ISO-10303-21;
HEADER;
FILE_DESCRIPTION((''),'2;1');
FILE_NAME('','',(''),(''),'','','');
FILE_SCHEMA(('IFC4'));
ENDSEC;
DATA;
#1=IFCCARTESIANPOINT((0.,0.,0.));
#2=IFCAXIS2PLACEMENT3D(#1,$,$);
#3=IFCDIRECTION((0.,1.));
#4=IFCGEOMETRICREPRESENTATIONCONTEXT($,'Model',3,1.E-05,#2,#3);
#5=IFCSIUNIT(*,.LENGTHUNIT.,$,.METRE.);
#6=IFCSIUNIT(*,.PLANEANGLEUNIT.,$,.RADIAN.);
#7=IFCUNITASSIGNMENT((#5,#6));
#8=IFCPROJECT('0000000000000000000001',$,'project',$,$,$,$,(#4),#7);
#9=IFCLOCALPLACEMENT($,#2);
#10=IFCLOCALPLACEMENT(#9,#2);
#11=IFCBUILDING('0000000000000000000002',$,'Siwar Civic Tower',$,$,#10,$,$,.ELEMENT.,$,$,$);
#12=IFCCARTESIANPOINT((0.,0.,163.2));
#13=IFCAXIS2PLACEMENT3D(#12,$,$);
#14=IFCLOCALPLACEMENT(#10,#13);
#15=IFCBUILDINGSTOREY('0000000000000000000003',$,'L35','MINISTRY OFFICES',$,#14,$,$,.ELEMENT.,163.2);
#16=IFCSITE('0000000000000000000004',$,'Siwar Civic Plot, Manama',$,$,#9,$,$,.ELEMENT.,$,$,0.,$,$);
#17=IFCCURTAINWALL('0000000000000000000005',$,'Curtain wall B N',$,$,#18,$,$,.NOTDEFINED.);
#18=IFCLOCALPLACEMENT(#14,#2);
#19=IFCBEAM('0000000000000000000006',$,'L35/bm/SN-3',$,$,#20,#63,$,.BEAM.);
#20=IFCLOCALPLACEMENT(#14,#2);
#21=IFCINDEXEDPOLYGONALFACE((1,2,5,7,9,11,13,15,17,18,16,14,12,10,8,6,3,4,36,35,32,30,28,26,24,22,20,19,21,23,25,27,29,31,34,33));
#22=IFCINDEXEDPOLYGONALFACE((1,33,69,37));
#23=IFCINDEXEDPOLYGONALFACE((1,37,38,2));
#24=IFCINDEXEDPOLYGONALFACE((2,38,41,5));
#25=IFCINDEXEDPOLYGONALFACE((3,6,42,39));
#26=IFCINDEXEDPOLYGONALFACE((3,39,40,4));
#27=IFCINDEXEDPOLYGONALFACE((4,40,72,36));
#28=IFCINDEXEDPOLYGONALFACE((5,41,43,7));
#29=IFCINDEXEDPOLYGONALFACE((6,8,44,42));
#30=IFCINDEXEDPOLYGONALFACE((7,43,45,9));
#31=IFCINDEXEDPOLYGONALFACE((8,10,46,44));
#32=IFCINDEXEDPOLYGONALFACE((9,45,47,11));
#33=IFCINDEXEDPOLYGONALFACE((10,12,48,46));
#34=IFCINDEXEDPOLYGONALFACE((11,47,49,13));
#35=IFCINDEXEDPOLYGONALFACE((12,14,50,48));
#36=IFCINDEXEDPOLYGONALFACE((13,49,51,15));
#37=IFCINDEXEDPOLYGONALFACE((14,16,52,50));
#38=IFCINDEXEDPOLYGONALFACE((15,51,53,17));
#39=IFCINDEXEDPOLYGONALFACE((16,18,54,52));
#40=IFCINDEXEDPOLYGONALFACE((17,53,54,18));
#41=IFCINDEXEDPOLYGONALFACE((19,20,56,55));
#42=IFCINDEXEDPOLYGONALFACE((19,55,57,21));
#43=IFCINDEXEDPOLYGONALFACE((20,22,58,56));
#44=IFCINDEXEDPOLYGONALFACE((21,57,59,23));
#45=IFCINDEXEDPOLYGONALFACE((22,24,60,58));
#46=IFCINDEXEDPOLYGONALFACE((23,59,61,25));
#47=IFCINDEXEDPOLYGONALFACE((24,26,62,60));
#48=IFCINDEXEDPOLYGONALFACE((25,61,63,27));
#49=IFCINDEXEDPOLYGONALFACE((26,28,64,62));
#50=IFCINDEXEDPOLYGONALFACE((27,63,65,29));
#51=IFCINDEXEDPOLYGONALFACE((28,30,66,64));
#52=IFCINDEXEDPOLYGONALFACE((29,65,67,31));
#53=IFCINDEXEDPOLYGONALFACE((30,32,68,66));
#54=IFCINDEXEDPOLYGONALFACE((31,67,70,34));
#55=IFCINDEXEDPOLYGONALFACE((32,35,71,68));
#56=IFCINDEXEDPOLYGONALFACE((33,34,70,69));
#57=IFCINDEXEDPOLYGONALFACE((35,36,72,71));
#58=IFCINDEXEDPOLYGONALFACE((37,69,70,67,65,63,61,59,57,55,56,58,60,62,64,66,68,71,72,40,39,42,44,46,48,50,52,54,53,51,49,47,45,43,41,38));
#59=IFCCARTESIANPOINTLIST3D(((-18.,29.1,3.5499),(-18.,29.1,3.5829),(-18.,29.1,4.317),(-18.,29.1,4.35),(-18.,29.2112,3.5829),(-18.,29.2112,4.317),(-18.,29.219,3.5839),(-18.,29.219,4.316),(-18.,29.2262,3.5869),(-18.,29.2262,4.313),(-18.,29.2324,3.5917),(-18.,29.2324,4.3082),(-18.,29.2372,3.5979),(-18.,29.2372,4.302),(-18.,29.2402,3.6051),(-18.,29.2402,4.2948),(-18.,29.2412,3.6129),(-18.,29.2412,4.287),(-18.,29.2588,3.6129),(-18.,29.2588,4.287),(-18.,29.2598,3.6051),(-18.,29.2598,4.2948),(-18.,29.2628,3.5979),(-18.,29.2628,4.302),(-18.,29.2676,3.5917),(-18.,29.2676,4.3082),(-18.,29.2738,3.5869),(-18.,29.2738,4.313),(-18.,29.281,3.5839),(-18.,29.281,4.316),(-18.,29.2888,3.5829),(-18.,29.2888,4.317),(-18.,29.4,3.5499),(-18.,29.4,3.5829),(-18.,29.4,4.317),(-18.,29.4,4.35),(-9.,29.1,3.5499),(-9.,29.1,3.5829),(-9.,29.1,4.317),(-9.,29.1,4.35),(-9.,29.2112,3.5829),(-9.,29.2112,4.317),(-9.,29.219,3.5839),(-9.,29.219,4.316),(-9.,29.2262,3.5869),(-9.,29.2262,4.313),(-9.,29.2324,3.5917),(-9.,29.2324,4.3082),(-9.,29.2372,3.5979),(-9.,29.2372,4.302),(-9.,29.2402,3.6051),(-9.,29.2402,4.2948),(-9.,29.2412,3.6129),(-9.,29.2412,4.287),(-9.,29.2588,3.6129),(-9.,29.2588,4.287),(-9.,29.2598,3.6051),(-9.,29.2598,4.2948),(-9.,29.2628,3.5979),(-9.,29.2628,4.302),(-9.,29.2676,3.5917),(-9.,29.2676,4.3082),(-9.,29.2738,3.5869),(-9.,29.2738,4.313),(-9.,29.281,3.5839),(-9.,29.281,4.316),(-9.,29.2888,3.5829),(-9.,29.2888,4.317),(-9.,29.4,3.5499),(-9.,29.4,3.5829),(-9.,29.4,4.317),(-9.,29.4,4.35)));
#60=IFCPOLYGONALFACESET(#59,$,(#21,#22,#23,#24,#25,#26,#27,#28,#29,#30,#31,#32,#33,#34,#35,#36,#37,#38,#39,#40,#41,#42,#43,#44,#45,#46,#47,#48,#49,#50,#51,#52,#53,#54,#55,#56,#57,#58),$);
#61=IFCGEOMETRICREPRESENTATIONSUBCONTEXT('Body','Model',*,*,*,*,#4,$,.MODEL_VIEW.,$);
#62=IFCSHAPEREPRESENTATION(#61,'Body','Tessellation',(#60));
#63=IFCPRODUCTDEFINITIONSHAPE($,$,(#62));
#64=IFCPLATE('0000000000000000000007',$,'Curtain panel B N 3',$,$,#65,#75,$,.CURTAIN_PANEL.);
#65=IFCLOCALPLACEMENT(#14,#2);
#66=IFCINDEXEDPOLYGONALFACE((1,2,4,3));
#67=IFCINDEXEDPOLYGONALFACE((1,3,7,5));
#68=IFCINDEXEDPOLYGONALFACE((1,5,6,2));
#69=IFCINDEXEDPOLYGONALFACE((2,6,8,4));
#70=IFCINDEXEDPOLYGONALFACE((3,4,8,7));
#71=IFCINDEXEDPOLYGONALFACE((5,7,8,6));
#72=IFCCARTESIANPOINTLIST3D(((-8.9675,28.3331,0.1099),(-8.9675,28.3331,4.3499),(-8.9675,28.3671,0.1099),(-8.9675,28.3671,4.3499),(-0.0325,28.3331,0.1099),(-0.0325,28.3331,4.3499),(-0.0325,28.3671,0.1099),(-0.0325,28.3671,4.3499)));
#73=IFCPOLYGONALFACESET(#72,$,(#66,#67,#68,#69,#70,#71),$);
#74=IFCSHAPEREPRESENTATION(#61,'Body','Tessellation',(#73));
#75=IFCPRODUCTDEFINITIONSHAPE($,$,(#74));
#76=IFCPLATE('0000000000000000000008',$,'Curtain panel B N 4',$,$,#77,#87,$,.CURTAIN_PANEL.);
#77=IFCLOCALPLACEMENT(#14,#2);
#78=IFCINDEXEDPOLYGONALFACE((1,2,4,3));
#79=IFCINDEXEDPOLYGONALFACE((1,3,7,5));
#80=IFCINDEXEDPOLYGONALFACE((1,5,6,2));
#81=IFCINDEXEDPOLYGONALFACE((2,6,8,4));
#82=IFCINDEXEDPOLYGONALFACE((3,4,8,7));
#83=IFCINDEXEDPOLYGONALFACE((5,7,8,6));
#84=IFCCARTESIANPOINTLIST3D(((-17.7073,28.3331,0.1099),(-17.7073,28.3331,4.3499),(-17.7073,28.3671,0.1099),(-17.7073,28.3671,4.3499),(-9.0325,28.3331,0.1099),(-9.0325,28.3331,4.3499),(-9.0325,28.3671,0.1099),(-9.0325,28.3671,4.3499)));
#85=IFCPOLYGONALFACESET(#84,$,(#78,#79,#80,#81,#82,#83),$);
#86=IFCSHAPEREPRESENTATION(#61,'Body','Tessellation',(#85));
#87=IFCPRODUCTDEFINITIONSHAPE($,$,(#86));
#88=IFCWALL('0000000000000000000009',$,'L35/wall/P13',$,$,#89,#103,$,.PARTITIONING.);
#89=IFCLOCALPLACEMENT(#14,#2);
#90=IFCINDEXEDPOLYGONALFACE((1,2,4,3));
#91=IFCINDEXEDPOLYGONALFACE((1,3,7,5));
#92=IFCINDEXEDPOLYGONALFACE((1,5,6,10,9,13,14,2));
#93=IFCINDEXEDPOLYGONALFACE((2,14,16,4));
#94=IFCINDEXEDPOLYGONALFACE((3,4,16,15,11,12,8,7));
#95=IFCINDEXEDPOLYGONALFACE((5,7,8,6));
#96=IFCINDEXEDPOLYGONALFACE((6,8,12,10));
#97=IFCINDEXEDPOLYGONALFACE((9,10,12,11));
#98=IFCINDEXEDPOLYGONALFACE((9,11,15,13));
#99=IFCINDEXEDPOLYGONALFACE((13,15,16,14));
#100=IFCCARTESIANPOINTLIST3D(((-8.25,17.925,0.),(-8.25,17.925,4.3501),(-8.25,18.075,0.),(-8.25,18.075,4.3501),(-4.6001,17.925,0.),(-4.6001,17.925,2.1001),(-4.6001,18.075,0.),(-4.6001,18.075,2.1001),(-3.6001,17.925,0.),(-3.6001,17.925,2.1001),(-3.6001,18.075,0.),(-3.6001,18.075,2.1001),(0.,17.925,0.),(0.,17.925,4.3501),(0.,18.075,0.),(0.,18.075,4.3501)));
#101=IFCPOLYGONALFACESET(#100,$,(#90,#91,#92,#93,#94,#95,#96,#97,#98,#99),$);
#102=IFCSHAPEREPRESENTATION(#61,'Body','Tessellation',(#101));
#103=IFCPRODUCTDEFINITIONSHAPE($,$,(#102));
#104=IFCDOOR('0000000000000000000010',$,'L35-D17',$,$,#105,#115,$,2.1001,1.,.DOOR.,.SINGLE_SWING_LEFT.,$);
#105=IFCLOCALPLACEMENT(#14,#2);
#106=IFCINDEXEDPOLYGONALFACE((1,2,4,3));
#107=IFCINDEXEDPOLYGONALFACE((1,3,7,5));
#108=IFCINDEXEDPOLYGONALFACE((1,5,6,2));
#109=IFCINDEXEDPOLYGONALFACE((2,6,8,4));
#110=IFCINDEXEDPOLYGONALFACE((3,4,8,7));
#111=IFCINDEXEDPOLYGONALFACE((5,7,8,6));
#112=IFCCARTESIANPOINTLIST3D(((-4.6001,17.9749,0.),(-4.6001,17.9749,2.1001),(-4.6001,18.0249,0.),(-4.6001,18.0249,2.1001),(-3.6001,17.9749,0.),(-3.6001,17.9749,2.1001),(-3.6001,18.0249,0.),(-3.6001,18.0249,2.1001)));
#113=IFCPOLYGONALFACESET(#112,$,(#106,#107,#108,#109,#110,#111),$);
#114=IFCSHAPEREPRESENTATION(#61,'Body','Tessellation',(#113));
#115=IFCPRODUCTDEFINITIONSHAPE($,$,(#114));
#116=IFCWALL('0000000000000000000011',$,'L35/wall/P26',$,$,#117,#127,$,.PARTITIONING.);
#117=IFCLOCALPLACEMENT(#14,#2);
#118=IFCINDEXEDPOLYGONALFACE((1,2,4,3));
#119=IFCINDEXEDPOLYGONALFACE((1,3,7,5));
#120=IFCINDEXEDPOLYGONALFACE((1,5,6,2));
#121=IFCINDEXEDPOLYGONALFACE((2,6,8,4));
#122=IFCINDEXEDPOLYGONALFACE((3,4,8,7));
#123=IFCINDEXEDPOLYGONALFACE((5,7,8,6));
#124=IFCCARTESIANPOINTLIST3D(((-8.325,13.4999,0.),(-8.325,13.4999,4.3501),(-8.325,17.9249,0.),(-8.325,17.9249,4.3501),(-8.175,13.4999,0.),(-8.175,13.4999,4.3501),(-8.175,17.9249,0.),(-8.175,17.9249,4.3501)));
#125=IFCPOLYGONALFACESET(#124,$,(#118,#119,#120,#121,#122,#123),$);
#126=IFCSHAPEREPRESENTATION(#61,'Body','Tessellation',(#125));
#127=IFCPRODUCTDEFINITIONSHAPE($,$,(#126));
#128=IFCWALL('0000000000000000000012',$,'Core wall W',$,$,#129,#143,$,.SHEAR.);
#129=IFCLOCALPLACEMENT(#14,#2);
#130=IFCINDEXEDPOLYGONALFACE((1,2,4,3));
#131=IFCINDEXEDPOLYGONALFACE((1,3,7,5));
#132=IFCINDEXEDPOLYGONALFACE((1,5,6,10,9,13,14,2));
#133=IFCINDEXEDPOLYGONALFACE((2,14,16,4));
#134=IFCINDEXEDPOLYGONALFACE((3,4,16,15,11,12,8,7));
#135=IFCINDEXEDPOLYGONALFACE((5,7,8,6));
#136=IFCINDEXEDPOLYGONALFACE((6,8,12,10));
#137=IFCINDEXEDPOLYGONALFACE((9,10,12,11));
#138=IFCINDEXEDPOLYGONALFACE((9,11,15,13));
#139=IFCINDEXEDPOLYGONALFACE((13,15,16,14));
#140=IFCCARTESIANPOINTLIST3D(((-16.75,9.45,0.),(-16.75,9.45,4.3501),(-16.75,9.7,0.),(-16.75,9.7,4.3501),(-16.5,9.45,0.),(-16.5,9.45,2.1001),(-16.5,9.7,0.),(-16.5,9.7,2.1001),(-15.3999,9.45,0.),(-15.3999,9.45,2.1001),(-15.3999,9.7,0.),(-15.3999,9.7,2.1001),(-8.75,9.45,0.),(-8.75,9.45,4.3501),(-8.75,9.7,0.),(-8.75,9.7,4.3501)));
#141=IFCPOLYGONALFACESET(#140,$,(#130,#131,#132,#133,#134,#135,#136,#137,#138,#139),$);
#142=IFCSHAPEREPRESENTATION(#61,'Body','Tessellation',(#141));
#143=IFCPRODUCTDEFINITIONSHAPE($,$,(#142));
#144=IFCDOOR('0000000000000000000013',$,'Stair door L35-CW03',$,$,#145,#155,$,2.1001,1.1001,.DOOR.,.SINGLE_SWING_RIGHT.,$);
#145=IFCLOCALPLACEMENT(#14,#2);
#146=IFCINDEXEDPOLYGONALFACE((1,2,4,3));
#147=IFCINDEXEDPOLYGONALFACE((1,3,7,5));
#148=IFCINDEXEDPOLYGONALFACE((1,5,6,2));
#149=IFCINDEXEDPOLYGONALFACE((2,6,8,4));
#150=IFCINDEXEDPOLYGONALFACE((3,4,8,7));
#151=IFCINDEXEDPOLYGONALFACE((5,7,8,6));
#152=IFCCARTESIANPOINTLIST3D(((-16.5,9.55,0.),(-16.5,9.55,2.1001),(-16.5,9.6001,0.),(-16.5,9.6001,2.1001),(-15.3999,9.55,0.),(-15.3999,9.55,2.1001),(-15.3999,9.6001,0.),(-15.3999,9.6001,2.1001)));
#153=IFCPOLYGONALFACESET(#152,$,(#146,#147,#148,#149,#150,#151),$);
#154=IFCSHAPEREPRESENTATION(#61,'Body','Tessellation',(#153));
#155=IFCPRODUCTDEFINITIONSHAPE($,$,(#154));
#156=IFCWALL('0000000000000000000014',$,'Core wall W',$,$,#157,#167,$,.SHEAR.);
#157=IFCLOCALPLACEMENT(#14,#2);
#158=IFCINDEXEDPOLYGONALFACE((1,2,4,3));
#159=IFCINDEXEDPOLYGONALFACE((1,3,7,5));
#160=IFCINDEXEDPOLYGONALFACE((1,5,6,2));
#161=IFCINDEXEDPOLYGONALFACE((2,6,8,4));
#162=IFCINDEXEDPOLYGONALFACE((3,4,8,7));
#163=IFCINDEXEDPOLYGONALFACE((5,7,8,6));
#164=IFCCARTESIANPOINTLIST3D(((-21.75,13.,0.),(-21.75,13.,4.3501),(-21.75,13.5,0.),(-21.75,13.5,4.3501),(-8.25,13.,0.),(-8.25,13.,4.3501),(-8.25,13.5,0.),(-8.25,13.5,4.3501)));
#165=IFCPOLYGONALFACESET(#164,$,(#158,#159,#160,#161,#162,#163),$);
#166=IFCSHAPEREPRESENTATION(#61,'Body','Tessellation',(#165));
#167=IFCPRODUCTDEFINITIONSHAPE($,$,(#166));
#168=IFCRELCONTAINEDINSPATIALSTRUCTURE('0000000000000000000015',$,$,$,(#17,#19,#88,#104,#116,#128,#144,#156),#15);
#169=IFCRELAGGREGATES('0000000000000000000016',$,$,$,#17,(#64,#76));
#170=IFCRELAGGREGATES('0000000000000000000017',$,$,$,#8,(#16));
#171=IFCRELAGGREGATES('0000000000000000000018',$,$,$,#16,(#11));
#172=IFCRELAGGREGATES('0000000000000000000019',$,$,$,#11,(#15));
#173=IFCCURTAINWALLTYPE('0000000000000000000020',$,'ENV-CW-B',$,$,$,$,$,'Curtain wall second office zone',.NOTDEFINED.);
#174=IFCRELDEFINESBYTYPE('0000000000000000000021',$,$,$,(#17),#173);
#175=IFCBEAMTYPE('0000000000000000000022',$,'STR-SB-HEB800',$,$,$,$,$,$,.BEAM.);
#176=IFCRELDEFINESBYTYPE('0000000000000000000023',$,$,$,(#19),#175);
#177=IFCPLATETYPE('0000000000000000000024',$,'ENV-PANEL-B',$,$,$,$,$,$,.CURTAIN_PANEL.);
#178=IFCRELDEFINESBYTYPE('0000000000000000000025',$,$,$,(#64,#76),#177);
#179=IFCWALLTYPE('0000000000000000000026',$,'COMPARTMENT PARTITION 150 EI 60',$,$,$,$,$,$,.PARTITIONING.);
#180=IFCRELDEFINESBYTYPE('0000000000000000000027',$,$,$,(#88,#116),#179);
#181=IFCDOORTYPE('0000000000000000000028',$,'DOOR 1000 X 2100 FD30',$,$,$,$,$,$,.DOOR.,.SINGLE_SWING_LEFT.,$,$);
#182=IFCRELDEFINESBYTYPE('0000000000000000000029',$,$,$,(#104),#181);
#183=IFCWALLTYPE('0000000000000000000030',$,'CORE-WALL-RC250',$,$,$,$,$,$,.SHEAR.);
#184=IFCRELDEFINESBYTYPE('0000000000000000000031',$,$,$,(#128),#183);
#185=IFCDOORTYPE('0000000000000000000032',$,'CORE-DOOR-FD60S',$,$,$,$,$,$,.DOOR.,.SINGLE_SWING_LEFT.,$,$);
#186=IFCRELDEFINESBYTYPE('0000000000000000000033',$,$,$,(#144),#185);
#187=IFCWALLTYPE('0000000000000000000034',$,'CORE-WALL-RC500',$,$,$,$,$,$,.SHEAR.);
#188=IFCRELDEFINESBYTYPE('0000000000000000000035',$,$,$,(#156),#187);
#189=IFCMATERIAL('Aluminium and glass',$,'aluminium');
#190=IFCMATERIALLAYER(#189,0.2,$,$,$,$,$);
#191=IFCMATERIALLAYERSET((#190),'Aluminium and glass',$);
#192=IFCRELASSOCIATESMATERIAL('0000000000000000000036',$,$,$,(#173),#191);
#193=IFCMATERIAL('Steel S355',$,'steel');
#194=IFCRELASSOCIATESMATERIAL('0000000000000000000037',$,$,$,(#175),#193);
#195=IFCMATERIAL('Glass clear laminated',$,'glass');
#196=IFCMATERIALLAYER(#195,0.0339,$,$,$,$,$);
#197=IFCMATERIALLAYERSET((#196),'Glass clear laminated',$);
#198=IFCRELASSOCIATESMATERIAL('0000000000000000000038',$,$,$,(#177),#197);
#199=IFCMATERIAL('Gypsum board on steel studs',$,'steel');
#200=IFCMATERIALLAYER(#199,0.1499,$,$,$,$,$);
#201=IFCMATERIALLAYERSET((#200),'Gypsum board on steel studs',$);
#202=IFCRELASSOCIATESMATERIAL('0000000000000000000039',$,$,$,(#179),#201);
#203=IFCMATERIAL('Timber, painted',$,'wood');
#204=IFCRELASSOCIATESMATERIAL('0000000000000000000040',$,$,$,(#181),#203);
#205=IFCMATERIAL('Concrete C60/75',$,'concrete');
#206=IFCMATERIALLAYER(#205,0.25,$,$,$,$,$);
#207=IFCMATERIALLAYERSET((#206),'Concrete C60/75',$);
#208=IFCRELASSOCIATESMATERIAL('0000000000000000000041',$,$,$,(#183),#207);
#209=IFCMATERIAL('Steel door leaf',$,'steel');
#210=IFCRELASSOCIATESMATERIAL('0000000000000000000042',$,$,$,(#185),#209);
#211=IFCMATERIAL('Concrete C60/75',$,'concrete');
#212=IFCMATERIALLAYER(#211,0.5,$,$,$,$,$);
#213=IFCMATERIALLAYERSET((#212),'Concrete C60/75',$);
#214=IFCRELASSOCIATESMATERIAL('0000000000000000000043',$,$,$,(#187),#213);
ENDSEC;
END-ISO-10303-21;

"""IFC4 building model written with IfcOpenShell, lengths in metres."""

from ifc_helpers import new_model, si_unit, direction, frame, frame_2d, origin, origin_2d, place, context, subcontext, project, spatial, rectangle, i_section, extrude, material, layer, layer_set, material_profile, profile_set, type_object, element, fill, aggregate, save


model = new_model("IFC4")

# Units and contexts
model_context = context("Model", 3, precision=1e-05, world=origin(), true_north=direction((0.0, 1.0)))
body_context = subcontext(model_context, "Body", "Model", "MODEL_VIEW")
ifc_project = project(units=[si_unit("LENGTHUNIT", "METRE"), si_unit("PLANEANGLEUNIT", "RADIAN")], contexts=[model_context])

# Site, building, storey
site_placement = place(None, origin())
site = spatial("IfcSite", under=ifc_project, at=site_placement, Name="Siwar Civic Plot, Manama", CompositionType="ELEMENT", RefElevation=0.0)
building_placement = place(site_placement, origin())
building = spatial("IfcBuilding", under=site, at=building_placement, Name="Siwar Civic Tower", CompositionType="ELEMENT")
storey_placement = place(building_placement, frame((0.0, 0.0, 163.2)))
storey = spatial("IfcBuildingStorey", under=building, at=storey_placement, Name="L35", Description="MINISTRY OFFICES", CompositionType="ELEMENT", Elevation=163.2)

# Curtain wall
ifc_material_1 = material(Name="Aluminium and glass", Category="aluminium")
ifc_layer_1 = layer(ifc_material_1, 0.2)
ifc_layer_set_1 = layer_set([ifc_layer_1], Name="Aluminium and glass")
curtain_wall_type_1 = type_object("IfcCurtainWallType", Name="ENV-CW-B", ElementType="Curtain wall second office zone", PredefinedType="NOTDEFINED", material=ifc_layer_set_1)
curtain_wall_1_placement = place(storey_placement, origin())
curtain_wall_1 = element("IfcCurtainWall", 1, at=curtain_wall_1_placement, inside=storey, type_object=curtain_wall_type_1, Name="Curtain wall B N", PredefinedType="NOTDEFINED")

# Beam
ifc_material_2 = material(Name="Steel S355", Category="steel")
ifc_material_profile_1 = material_profile(ifc_material_2, i_section(OverallWidth=0.3, OverallDepth=0.8, WebThickness=0.0176, FlangeThickness=0.033, FilletRadius=0.03, at=origin_2d()), Name="HEB800")
ifc_profile_set_1 = profile_set([ifc_material_profile_1], Name="Steel S355")
beam_type_1 = type_object("IfcBeamType", Name="STR-SB-HEB800", PredefinedType="BEAM", material=ifc_profile_set_1)
for number, where, z_axis, x_axis, name in (
    (2, (-9.0, 29.25, 3.95), (-1.0, 0.0, 0.0), (0.0, -1.0, 0.0), "L35/bm/SN-3"),
):
    element("IfcBeam", number, at=place(storey_placement, frame(where, z_axis=z_axis, x_axis=x_axis)), inside=storey, type_object=beam_type_1, Name=name, PredefinedType="BEAM", context=body_context, shape_type="SweptSolid", body=[
        extrude(i_section(OverallWidth=0.3, OverallDepth=0.8, WebThickness=0.0176, FlangeThickness=0.033, FilletRadius=0.03, at=origin_2d()), origin(), (0.0, 0.0, 1.0), 9.0),
    ])

# Plates
ifc_material_3 = material(Name="Glass clear laminated", Category="glass")
ifc_layer_2 = layer(ifc_material_3, 0.0339)
ifc_layer_set_2 = layer_set([ifc_layer_2], Name="Glass clear laminated")
plate_type = type_object("IfcPlateType", Name="ENV-PANEL-B", PredefinedType="CURTAIN_PANEL", material=ifc_layer_set_2)
plate_1_placement = place(storey_placement, frame((-4.5, 28.3501, 0.1099), z_axis=(0.0, 0.0, 1.0), x_axis=(-1.0, 0.0, 0.0)))
plate_1 = element("IfcPlate", 3, at=plate_1_placement, type_object=plate_type, Name="Curtain panel B N 3", PredefinedType="CURTAIN_PANEL", context=body_context, shape_type="SweptSolid", body=[
    extrude(rectangle(XDim=8.9351, YDim=0.0339, at=origin_2d()), origin(), (0.0, 0.0, 1.0), 4.24),
])
plate_2_placement = place(storey_placement, frame((-13.3699, 28.3501, 0.1099), z_axis=(0.0, 0.0, 1.0), x_axis=(-1.0, 0.0, 0.0)))
plate_2 = element("IfcPlate", 4, at=plate_2_placement, type_object=plate_type, Name="Curtain panel B N 4", PredefinedType="CURTAIN_PANEL", context=body_context, shape_type="SweptSolid", body=[
    extrude(rectangle(XDim=8.6748, YDim=0.0339, at=origin_2d()), origin(), (0.0, 0.0, 1.0), 4.24),
])
aggregate(curtain_wall_1, [plate_1, plate_2])

# Wall, opening, door
ifc_material_4 = material(Name="Gypsum board on steel studs", Category="steel")
ifc_layer_3 = layer(ifc_material_4, 0.1499)
ifc_layer_set_3 = layer_set([ifc_layer_3], Name="Gypsum board on steel studs")
wall_type_1 = type_object("IfcWallType", Name="COMPARTMENT PARTITION 150 EI 60", PredefinedType="PARTITIONING", material=ifc_layer_set_3)
wall_1_placement = place(storey_placement, frame((-8.25, 18.0, 0.0), z_axis=(0.0, 0.0, 1.0), x_axis=(1.0, 0.0, 0.0)))
wall_1 = element("IfcWall", 5, at=wall_1_placement, inside=storey, type_object=wall_type_1, Name="L35/wall/P13", PredefinedType="PARTITIONING", context=body_context, shape_type="SweptSolid", body=[
    extrude(rectangle(XDim=8.25, YDim=0.1499, at=frame_2d((4.125, 0.0))), origin(), (0.0, 0.0, 1.0), 4.3501),
])
opening_1_placement = place(wall_1_placement, frame((3.6499, 0.0, 0.0)))
opening_1 = element("IfcOpeningElement", 6, at=opening_1_placement, cuts=wall_1, PredefinedType="OPENING", context=body_context, shape_type="SweptSolid", body=[
    extrude(rectangle(XDim=1.0, YDim=2.1001, at=frame_2d((0.5, 1.05))), frame((0.0, 0.085, 0.0), z_axis=(0.0, -1.0, 0.0), x_axis=(1.0, 0.0, 0.0)), (0.0, 0.0, 1.0), 0.1699),
])
ifc_material_5 = material(Name="Timber, painted", Category="wood")
door_type_1 = type_object("IfcDoorType", Name="DOOR 1000 X 2100 FD30", OperationType="SINGLE_SWING_LEFT", PredefinedType="DOOR", material=ifc_material_5)
door_1_placement = place(opening_1_placement, origin())
door_1 = element("IfcDoor", 7, at=door_1_placement, inside=storey, type_object=door_type_1, Name="L35-D17", OperationType="SINGLE_SWING_LEFT", OverallHeight=2.1001, OverallWidth=1.0, PredefinedType="DOOR", context=body_context, shape_type="SweptSolid", body=[
    extrude(rectangle(XDim=1.0, YDim=2.1001, at=frame_2d((0.5, 1.05))), frame((0.0, 0.0249, 0.0), z_axis=(0.0, -1.0, 0.0), x_axis=(1.0, 0.0, 0.0)), (0.0, 0.0, 1.0), 0.05),
])
fill(opening_1, door_1)

# Wall
wall_2_placement = place(storey_placement, frame((-8.25, 13.5, 0.0), z_axis=(0.0, 0.0, 1.0), x_axis=(0.0, 1.0, 0.0)))
element("IfcWall", 8, at=wall_2_placement, inside=storey, type_object=wall_type_1, Name="L35/wall/P26", PredefinedType="PARTITIONING", context=body_context, shape_type="SweptSolid", body=[
    extrude(rectangle(XDim=4.425, YDim=0.1499, at=frame_2d((2.2124, 0.0))), origin(), (0.0, 0.0, 1.0), 4.3501),
])

# Wall, opening, door
ifc_material_6 = material(Name="Concrete C60/75", Category="concrete")
ifc_layer_4 = layer(ifc_material_6, 0.25)
ifc_layer_set_4 = layer_set([ifc_layer_4], Name="Concrete C60/75")
wall_type_2 = type_object("IfcWallType", Name="CORE-WALL-RC250", PredefinedType="SHEAR", material=ifc_layer_set_4)
wall_3_placement = place(storey_placement, frame((-8.75, 9.575, 0.0), z_axis=(0.0, 0.0, 1.0), x_axis=(-1.0, 0.0, 0.0)))
wall_3 = element("IfcWall", 9, at=wall_3_placement, inside=storey, type_object=wall_type_2, Name="Core wall W", PredefinedType="SHEAR", context=body_context, shape_type="SweptSolid", body=[
    extrude(rectangle(XDim=8.0, YDim=0.25, at=frame_2d((4.0, 0.0))), origin(), (0.0, 0.0, 1.0), 4.3501),
])
opening_2_placement = place(wall_3_placement, frame((6.6499, 0.0, 0.0)))
opening_2 = element("IfcOpeningElement", 10, at=opening_2_placement, cuts=wall_3, PredefinedType="OPENING", context=body_context, shape_type="SweptSolid", body=[
    extrude(rectangle(XDim=1.1001, YDim=2.1001, at=frame_2d((0.55, 1.05))), frame((0.0, 0.135, 0.0), z_axis=(0.0, -1.0, 0.0), x_axis=(1.0, 0.0, 0.0)), (0.0, 0.0, 1.0), 0.27),
])
ifc_material_7 = material(Name="Steel door leaf", Category="steel")
door_type_2 = type_object("IfcDoorType", Name="CORE-DOOR-FD60S", OperationType="SINGLE_SWING_LEFT", PredefinedType="DOOR", material=ifc_material_7)
door_2_placement = place(opening_2_placement, origin())
door_2 = element("IfcDoor", 11, at=door_2_placement, inside=storey, type_object=door_type_2, Name="Stair door L35-CW03", OperationType="SINGLE_SWING_RIGHT", OverallHeight=2.1001, OverallWidth=1.1001, PredefinedType="DOOR", context=body_context, shape_type="SweptSolid", body=[
    extrude(rectangle(XDim=1.1001, YDim=2.1001, at=frame_2d((0.55, 1.05))), frame((0.0, 0.0249, 0.0), z_axis=(0.0, -1.0, 0.0), x_axis=(1.0, 0.0, 0.0)), (0.0, 0.0, 1.0), 0.05),
])
fill(opening_2, door_2)

# Wall
ifc_material_8 = material(Name="Concrete C60/75", Category="concrete")
ifc_layer_5 = layer(ifc_material_8, 0.5)
ifc_layer_set_5 = layer_set([ifc_layer_5], Name="Concrete C60/75")
wall_type_3 = type_object("IfcWallType", Name="CORE-WALL-RC500", PredefinedType="SHEAR", material=ifc_layer_set_5)
wall_4_placement = place(storey_placement, frame((-8.25, 13.25, 0.0), z_axis=(0.0, 0.0, 1.0), x_axis=(-1.0, 0.0, 0.0)))
element("IfcWall", 12, at=wall_4_placement, inside=storey, type_object=wall_type_3, Name="Core wall W", PredefinedType="SHEAR", context=body_context, shape_type="SweptSolid", body=[
    extrude(rectangle(XDim=13.5, YDim=0.5, at=frame_2d((6.75, 0.0))), origin(), (0.0, 0.0, 1.0), 4.3501),
])

save(model, "model.ifc")
